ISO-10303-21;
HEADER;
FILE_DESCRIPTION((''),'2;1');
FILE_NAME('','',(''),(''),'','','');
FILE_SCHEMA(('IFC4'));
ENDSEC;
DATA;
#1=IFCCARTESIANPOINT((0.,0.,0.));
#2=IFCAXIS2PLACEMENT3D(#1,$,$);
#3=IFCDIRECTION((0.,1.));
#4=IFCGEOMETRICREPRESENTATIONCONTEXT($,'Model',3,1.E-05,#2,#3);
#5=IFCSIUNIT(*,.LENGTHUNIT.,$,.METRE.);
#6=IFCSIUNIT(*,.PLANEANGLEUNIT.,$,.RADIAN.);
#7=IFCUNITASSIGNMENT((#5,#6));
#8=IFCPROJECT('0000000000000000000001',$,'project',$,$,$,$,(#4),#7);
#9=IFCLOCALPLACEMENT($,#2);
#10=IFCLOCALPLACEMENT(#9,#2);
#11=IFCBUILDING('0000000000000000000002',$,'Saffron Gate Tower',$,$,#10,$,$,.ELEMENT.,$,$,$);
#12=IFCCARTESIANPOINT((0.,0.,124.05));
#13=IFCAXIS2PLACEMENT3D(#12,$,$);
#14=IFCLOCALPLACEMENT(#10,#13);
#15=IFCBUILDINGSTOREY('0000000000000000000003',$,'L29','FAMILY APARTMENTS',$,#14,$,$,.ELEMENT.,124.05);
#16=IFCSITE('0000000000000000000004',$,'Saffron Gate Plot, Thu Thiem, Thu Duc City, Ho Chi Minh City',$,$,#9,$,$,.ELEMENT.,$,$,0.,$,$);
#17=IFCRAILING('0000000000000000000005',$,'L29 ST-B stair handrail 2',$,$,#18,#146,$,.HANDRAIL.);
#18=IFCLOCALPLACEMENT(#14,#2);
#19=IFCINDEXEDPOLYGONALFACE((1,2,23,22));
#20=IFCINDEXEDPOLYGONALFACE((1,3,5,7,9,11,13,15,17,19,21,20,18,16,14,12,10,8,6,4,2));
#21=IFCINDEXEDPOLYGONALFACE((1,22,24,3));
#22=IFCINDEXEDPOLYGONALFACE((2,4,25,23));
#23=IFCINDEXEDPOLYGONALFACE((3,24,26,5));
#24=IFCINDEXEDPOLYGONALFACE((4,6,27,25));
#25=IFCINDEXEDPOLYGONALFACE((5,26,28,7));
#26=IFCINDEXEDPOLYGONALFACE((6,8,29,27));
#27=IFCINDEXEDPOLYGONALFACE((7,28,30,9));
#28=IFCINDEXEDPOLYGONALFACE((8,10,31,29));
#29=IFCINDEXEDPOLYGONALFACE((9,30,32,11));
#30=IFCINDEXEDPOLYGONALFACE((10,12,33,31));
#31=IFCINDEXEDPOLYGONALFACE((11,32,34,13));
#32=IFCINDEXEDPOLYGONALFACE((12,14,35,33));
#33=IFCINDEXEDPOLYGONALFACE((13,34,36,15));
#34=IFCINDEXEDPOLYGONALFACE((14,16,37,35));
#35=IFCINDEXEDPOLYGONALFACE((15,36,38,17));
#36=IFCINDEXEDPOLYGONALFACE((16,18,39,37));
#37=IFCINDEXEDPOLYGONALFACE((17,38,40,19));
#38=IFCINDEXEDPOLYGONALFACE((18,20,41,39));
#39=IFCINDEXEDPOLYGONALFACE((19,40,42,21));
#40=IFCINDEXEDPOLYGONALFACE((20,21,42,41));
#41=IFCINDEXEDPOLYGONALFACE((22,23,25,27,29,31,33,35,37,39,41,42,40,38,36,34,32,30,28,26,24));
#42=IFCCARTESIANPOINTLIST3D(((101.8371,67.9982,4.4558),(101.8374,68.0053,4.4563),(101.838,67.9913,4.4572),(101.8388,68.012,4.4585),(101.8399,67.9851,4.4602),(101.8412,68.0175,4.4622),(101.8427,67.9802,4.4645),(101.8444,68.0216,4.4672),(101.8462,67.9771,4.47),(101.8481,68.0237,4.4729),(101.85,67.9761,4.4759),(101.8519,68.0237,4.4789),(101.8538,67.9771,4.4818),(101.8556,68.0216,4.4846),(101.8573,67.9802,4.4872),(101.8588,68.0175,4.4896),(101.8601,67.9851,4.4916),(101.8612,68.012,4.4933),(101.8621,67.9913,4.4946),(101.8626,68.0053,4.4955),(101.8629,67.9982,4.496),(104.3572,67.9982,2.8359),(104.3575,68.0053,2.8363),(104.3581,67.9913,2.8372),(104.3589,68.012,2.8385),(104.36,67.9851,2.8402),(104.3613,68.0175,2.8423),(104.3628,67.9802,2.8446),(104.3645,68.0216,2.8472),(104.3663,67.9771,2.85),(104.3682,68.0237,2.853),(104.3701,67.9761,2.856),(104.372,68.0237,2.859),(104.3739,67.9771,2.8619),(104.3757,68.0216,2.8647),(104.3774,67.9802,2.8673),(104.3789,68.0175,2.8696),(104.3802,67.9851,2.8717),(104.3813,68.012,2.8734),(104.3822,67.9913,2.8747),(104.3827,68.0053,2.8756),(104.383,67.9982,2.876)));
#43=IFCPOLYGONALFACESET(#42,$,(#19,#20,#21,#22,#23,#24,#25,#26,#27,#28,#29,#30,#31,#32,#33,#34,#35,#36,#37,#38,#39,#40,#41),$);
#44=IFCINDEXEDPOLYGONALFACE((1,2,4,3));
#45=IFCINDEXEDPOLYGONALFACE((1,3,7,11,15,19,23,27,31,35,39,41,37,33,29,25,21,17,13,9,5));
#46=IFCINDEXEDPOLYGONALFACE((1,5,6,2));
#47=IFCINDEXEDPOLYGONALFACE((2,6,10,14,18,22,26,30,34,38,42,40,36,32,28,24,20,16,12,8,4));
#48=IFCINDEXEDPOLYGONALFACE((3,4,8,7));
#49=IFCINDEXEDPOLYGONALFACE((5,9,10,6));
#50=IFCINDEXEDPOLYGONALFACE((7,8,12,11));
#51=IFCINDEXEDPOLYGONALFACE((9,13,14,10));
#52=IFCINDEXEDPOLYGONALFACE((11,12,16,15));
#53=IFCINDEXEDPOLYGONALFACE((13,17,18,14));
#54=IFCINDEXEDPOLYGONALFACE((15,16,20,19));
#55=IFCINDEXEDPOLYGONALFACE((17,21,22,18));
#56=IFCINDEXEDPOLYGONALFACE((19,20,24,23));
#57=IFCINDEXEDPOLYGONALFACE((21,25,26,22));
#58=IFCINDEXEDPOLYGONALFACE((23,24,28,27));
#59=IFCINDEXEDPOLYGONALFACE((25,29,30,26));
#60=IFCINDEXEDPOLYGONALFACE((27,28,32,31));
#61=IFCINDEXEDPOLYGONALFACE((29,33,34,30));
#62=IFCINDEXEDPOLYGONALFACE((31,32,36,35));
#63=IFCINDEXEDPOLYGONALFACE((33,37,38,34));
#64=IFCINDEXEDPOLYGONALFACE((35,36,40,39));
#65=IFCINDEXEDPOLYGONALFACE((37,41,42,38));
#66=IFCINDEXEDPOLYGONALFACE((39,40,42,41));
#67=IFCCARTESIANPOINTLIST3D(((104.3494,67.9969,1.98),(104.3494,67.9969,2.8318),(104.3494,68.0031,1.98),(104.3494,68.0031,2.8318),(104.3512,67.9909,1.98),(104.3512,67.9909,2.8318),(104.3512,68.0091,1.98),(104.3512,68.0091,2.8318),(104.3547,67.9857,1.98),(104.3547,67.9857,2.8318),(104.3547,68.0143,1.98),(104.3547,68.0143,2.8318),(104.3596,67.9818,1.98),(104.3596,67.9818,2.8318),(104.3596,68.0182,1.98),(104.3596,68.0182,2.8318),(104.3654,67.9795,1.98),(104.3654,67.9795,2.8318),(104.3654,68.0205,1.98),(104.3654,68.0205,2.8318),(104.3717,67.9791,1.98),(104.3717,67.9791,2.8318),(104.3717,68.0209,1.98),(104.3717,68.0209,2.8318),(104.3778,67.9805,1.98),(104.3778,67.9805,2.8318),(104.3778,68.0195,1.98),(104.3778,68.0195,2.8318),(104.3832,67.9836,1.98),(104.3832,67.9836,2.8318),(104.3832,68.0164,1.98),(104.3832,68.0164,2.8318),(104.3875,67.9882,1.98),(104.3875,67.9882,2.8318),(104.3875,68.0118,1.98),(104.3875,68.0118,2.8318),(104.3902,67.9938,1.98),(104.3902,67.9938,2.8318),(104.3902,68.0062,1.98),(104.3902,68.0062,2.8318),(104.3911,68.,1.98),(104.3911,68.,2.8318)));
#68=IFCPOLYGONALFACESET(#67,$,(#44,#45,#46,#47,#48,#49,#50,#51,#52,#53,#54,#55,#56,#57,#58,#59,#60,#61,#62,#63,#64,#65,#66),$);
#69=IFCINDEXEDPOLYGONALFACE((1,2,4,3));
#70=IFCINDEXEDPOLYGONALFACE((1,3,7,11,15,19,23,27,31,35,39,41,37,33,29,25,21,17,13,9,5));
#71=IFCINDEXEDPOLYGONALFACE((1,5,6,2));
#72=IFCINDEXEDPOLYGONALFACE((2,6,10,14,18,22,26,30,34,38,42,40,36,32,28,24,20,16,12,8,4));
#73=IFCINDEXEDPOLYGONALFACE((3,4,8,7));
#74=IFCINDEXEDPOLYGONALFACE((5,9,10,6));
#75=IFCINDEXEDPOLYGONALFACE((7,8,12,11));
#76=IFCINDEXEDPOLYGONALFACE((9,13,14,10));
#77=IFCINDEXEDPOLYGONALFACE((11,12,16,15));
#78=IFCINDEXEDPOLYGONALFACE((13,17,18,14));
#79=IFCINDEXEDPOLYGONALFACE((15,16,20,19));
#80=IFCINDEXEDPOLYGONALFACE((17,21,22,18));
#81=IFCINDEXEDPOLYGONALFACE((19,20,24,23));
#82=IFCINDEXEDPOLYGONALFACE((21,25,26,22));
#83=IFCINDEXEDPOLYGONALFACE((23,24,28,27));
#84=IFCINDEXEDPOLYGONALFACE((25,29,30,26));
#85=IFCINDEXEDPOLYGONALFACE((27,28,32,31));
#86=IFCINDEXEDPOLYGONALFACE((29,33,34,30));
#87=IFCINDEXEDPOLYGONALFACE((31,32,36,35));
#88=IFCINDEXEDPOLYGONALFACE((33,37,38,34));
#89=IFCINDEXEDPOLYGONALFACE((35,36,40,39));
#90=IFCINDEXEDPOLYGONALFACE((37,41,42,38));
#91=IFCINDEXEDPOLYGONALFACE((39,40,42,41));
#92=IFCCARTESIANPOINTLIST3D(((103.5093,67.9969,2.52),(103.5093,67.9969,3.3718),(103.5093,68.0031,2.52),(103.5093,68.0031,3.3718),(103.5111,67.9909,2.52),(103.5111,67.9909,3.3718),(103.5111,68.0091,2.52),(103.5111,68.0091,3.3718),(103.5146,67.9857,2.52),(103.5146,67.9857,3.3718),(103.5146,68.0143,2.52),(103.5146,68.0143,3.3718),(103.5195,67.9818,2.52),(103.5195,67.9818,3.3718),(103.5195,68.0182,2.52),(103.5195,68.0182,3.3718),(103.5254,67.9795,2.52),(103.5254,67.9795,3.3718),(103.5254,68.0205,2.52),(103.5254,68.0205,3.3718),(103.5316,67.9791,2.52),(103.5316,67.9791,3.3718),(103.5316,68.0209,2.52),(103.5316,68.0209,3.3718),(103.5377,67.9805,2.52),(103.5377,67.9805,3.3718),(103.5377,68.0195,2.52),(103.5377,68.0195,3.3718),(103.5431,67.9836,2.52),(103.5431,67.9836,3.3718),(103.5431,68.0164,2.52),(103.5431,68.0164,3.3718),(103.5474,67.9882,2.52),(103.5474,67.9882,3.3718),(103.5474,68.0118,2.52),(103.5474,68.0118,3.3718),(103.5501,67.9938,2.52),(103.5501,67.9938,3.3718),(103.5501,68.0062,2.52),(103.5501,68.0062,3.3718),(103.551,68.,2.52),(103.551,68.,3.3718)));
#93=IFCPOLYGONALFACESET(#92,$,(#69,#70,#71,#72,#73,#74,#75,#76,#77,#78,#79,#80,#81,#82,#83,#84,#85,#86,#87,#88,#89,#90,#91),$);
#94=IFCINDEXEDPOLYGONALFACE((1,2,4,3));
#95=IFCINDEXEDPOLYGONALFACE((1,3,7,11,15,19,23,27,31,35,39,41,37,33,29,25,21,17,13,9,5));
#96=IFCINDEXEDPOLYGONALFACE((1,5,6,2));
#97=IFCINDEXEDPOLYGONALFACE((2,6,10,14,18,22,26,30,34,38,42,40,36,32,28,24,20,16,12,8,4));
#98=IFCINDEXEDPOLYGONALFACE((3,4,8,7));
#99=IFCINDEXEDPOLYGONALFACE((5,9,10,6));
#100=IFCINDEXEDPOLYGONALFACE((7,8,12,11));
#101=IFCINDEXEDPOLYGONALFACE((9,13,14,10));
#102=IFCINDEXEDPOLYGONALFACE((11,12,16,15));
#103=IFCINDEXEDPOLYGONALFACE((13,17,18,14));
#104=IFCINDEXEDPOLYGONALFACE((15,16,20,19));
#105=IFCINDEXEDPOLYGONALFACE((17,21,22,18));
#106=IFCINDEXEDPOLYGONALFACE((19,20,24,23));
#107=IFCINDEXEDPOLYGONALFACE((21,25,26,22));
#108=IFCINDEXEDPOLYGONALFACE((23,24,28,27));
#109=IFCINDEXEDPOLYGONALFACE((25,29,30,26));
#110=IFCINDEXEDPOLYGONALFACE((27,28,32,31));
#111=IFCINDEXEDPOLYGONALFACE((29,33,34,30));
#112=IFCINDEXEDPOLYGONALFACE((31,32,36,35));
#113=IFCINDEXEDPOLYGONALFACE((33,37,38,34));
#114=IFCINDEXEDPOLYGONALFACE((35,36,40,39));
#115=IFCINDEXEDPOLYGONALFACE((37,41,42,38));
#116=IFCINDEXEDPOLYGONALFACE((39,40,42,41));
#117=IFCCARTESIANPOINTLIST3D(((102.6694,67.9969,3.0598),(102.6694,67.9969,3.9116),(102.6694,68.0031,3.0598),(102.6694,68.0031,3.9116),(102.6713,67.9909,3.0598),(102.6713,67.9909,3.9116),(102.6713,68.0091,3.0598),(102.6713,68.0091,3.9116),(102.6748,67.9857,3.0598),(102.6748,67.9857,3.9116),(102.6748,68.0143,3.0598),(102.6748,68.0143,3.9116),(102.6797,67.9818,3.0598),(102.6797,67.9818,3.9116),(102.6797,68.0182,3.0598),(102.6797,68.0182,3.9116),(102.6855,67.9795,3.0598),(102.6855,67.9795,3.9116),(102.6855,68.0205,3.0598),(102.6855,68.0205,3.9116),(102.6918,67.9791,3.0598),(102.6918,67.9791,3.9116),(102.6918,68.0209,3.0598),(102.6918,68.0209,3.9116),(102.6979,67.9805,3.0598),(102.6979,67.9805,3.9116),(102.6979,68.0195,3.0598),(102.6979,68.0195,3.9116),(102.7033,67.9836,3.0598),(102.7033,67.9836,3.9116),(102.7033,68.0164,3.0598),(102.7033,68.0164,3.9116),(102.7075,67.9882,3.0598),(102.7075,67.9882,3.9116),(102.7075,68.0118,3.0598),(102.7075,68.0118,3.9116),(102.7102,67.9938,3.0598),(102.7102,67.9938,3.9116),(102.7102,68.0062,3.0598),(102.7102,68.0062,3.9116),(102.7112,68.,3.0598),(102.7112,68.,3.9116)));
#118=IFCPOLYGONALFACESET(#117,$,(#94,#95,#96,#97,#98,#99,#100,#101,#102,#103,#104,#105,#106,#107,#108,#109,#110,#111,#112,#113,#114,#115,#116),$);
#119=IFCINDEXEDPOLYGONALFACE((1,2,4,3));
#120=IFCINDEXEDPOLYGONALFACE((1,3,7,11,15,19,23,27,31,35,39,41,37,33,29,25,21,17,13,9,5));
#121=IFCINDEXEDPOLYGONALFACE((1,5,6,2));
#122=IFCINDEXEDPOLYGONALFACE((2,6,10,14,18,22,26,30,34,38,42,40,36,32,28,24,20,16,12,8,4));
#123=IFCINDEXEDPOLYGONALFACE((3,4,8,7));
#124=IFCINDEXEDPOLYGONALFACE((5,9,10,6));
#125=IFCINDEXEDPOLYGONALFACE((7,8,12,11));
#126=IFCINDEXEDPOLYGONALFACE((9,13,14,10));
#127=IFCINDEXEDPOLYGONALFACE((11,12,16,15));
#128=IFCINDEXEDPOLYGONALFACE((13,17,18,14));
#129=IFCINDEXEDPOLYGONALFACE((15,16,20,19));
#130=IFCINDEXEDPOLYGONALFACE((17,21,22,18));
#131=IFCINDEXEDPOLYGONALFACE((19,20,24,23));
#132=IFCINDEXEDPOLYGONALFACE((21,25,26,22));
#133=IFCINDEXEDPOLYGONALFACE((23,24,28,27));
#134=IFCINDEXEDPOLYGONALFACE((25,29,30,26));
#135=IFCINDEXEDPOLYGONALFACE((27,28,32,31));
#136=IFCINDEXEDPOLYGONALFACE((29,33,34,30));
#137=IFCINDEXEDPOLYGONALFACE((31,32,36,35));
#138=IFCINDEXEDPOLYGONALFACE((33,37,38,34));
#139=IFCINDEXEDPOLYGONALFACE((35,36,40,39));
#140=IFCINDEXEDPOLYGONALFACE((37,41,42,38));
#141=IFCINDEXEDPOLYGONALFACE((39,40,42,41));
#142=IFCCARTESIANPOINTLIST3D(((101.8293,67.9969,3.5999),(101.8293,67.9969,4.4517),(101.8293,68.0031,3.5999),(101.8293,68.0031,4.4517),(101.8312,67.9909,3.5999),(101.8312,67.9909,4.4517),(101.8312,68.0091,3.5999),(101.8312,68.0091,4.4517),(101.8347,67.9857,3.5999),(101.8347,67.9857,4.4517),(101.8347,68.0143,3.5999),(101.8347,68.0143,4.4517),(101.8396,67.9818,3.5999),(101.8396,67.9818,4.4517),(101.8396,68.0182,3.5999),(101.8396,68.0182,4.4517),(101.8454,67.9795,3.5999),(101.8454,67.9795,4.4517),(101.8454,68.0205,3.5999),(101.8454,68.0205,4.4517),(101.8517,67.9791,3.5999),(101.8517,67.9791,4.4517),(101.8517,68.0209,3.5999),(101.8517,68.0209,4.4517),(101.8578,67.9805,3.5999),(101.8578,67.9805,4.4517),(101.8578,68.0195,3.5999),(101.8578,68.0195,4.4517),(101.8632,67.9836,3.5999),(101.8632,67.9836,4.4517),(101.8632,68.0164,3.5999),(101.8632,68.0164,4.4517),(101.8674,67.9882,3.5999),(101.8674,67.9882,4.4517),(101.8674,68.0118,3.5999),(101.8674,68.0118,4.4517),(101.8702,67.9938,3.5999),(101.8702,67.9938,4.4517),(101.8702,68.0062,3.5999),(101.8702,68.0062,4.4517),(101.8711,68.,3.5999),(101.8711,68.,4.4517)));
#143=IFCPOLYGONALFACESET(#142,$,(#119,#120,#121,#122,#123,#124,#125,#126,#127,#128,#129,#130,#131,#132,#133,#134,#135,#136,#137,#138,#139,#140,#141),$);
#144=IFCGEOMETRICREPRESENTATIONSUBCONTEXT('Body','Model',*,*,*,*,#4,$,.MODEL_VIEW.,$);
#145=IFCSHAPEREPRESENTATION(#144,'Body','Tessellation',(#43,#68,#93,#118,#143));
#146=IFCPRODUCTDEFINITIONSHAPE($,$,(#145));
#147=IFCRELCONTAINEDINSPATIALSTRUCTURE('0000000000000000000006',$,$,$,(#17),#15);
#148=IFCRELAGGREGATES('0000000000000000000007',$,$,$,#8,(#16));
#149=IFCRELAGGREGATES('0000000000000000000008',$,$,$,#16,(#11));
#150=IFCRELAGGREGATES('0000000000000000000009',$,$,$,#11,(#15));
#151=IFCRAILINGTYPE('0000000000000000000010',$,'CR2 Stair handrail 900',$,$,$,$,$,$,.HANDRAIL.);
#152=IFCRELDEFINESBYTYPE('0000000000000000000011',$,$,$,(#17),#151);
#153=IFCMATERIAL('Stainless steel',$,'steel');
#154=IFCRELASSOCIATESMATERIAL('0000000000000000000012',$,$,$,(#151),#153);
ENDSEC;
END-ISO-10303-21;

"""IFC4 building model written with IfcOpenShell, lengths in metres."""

from ifc_helpers import new_model, si_unit, direction, frame, origin, origin_2d, place, context, subcontext, project, spatial, circle, extrude, material, type_object, element, save


model = new_model("IFC4")

# Units and contexts
model_context = context("Model", 3, precision=1e-05, world=origin(), true_north=direction((0.0, 1.0)))
body_context = subcontext(model_context, "Body", "Model", "MODEL_VIEW")
ifc_project = project(units=[si_unit("LENGTHUNIT", "METRE"), si_unit("PLANEANGLEUNIT", "RADIAN")], contexts=[model_context])

# Site, building, storey
site_placement = place(None, origin())
site = spatial("IfcSite", under=ifc_project, at=site_placement, Name="Saffron Gate Plot, Thu Thiem, Thu Duc City, Ho Chi Minh City", CompositionType="ELEMENT", RefElevation=0.0)
building_placement = place(site_placement, origin())
building = spatial("IfcBuilding", under=site, at=building_placement, Name="Saffron Gate Tower", CompositionType="ELEMENT")
storey_placement = place(building_placement, frame((0.0, 0.0, 124.05)))
storey = spatial("IfcBuildingStorey", under=building, at=storey_placement, Name="L29", Description="FAMILY APARTMENTS", CompositionType="ELEMENT", Elevation=124.05)

# Railing
ifc_material_1 = material(Name="Stainless steel", Category="steel")
railing_type_1 = type_object("IfcRailingType", Name="CR2 Stair handrail 900", PredefinedType="HANDRAIL", material=ifc_material_1)
railing_1_placement = place(storey_placement, frame((104.3701, 68.0, 1.98)))
element("IfcRailing", 1, at=railing_1_placement, inside=storey, type_object=railing_type_1, Name="L29 ST-B stair handrail 2", PredefinedType="HANDRAIL", context=body_context, shape_type="SweptSolid", body=[
    extrude(circle(Radius=0.0239, at=origin_2d()), frame((0.0, 0.0, 0.876), z_axis=(-0.8412, 0.0, 0.540725), x_axis=(0.0, -1.0, 0.0)), (0.0, 0.0, 1.0), 2.9958),
    extrude(circle(Radius=0.021, at=origin_2d()), origin(), (0.0, 0.0, 1.0), 0.8518),
    extrude(circle(Radius=0.021, at=origin_2d()), frame((-0.8401, 0.0, 0.54)), (0.0, 0.0, 1.0), 0.8518),
    extrude(circle(Radius=0.021, at=origin_2d()), frame((-1.6799, 0.0, 1.0798)), (0.0, 0.0, 1.0), 0.8518),
    extrude(circle(Radius=0.021, at=origin_2d()), frame((-2.52, 0.0, 1.6199)), (0.0, 0.0, 1.0), 0.8518),
])

save(model, "model.ifc")
